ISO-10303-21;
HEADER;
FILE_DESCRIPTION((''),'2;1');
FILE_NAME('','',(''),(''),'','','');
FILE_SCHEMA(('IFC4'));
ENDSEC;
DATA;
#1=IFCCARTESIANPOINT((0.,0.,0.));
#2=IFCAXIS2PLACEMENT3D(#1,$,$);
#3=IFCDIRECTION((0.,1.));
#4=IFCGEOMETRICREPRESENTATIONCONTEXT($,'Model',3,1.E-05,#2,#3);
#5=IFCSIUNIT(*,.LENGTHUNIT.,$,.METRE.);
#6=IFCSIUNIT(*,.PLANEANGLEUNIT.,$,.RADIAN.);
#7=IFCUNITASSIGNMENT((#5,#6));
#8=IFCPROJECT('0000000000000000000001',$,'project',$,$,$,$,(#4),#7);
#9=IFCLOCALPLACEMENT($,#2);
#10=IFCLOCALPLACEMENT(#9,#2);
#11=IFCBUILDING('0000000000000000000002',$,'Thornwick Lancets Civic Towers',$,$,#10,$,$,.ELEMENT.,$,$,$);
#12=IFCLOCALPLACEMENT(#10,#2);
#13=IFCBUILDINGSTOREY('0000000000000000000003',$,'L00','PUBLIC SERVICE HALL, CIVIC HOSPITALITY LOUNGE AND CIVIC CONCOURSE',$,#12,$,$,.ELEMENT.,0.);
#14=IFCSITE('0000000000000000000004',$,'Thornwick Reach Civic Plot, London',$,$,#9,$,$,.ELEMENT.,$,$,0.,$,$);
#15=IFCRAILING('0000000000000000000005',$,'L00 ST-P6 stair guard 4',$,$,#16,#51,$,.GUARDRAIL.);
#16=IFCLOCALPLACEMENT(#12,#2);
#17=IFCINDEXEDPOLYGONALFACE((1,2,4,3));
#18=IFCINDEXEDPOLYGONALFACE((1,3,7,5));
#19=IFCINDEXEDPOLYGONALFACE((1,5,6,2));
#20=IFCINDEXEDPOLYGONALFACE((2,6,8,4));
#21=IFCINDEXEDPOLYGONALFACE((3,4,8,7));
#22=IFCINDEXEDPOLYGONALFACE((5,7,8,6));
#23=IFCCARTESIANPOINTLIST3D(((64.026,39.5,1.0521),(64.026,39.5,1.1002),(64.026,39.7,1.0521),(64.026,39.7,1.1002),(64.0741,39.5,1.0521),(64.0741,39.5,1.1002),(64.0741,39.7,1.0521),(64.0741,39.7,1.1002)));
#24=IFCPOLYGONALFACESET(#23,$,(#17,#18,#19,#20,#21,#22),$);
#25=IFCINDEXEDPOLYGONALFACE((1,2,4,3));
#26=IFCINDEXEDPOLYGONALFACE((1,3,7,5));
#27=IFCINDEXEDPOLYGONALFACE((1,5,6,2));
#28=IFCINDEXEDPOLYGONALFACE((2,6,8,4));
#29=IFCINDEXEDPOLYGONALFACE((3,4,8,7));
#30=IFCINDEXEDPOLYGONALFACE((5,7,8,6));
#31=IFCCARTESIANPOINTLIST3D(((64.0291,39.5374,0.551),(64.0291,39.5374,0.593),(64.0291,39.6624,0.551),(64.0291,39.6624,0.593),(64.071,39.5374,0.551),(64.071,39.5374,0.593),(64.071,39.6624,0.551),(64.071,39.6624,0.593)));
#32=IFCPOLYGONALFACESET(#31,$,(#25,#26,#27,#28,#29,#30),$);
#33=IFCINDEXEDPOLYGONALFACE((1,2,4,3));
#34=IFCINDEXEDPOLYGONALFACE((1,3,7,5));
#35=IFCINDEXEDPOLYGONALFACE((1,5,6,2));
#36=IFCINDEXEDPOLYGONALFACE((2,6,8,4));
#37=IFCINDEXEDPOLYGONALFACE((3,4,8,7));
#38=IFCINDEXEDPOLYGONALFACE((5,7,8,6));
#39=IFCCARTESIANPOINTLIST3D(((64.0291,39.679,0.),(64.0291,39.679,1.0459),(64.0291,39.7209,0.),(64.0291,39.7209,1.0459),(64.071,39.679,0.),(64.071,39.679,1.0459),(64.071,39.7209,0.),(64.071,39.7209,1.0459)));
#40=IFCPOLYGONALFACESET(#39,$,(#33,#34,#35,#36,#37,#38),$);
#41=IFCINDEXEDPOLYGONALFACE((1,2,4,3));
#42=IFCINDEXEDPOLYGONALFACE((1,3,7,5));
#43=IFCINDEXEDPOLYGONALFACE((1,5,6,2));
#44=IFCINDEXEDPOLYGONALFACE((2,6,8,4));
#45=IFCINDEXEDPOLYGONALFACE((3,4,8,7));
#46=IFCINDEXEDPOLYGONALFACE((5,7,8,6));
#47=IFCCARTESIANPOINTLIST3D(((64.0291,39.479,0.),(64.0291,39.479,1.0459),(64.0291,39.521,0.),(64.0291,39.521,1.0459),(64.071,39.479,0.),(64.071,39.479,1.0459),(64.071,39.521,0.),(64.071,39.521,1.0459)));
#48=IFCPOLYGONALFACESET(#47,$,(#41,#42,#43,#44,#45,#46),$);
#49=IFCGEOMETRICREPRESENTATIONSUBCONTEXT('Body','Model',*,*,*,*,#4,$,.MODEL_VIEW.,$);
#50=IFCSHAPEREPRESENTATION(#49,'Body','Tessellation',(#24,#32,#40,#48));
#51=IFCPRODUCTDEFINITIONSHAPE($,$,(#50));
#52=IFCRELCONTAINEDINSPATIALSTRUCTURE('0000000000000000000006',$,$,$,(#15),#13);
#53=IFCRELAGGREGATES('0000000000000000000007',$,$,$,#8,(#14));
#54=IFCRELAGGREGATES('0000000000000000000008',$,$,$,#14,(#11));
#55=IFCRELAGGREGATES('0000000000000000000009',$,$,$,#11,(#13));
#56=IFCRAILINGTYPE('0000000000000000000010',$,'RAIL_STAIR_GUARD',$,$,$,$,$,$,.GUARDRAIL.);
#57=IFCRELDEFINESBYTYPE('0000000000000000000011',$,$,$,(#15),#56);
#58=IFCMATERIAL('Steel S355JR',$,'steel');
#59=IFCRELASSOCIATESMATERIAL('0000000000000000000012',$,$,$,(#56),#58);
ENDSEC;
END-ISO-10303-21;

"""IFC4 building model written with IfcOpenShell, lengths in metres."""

from ifc_helpers import new_model, si_unit, direction, frame, origin, origin_2d, place, context, subcontext, project, spatial, rectangle, extrude, material, type_object, element, save


model = new_model("IFC4")

# Units and contexts
model_context = context("Model", 3, precision=1e-05, world=origin(), true_north=direction((0.0, 1.0)))
body_context = subcontext(model_context, "Body", "Model", "MODEL_VIEW")
ifc_project = project(units=[si_unit("LENGTHUNIT", "METRE"), si_unit("PLANEANGLEUNIT", "RADIAN")], contexts=[model_context])

# Site, building, storey
site_placement = place(None, origin())
site = spatial("IfcSite", under=ifc_project, at=site_placement, Name="Thornwick Reach Civic Plot, London", CompositionType="ELEMENT", RefElevation=0.0)
building_placement = place(site_placement, origin())
building = spatial("IfcBuilding", under=site, at=building_placement, Name="Thornwick Lancets Civic Towers", CompositionType="ELEMENT")
storey_placement = place(building_placement, origin())
storey = spatial("IfcBuildingStorey", under=building, at=storey_placement, Name="L00", Description="PUBLIC SERVICE HALL, CIVIC HOSPITALITY LOUNGE AND CIVIC CONCOURSE", CompositionType="ELEMENT", Elevation=0.0)

# Shared definitions
ifc_material_1 = material(Name="Steel S355JR", Category="steel")

# Railing
railing_type_1 = type_object("IfcRailingType", Name="RAIL_STAIR_GUARD", PredefinedType="GUARDRAIL", material=ifc_material_1)
railing_1_placement = place(storey_placement, frame((64.05, 39.7, 0.0)))
element("IfcRailing", 1, at=railing_1_placement, inside=storey, type_object=railing_type_1, Name="L00 ST-P6 stair guard 4", PredefinedType="GUARDRAIL", context=body_context, shape_type="SweptSolid", body=[
    extrude(rectangle(XDim=0.0481, YDim=0.0481, at=origin_2d()), frame((0.0, 0.0, 1.0762), z_axis=(0.0, -1.0, 0.0), x_axis=(1.0, 0.0, 0.0)), (0.0, 0.0, 1.0), 0.2),
    extrude(rectangle(XDim=0.042, YDim=0.042, at=origin_2d()), frame((0.0, -0.0376, 0.572), z_axis=(0.0, -1.0, 0.0), x_axis=(1.0, 0.0, 0.0)), (0.0, 0.0, 1.0), 0.125),
    extrude(rectangle(XDim=0.042, YDim=0.042, at=origin_2d()), origin(), (0.0, 0.0, 1.0), 1.0459),
    extrude(rectangle(XDim=0.042, YDim=0.042, at=origin_2d()), frame((0.0, -0.2, 0.0)), (0.0, 0.0, 1.0), 1.0459),
])

save(model, "model.ifc")
